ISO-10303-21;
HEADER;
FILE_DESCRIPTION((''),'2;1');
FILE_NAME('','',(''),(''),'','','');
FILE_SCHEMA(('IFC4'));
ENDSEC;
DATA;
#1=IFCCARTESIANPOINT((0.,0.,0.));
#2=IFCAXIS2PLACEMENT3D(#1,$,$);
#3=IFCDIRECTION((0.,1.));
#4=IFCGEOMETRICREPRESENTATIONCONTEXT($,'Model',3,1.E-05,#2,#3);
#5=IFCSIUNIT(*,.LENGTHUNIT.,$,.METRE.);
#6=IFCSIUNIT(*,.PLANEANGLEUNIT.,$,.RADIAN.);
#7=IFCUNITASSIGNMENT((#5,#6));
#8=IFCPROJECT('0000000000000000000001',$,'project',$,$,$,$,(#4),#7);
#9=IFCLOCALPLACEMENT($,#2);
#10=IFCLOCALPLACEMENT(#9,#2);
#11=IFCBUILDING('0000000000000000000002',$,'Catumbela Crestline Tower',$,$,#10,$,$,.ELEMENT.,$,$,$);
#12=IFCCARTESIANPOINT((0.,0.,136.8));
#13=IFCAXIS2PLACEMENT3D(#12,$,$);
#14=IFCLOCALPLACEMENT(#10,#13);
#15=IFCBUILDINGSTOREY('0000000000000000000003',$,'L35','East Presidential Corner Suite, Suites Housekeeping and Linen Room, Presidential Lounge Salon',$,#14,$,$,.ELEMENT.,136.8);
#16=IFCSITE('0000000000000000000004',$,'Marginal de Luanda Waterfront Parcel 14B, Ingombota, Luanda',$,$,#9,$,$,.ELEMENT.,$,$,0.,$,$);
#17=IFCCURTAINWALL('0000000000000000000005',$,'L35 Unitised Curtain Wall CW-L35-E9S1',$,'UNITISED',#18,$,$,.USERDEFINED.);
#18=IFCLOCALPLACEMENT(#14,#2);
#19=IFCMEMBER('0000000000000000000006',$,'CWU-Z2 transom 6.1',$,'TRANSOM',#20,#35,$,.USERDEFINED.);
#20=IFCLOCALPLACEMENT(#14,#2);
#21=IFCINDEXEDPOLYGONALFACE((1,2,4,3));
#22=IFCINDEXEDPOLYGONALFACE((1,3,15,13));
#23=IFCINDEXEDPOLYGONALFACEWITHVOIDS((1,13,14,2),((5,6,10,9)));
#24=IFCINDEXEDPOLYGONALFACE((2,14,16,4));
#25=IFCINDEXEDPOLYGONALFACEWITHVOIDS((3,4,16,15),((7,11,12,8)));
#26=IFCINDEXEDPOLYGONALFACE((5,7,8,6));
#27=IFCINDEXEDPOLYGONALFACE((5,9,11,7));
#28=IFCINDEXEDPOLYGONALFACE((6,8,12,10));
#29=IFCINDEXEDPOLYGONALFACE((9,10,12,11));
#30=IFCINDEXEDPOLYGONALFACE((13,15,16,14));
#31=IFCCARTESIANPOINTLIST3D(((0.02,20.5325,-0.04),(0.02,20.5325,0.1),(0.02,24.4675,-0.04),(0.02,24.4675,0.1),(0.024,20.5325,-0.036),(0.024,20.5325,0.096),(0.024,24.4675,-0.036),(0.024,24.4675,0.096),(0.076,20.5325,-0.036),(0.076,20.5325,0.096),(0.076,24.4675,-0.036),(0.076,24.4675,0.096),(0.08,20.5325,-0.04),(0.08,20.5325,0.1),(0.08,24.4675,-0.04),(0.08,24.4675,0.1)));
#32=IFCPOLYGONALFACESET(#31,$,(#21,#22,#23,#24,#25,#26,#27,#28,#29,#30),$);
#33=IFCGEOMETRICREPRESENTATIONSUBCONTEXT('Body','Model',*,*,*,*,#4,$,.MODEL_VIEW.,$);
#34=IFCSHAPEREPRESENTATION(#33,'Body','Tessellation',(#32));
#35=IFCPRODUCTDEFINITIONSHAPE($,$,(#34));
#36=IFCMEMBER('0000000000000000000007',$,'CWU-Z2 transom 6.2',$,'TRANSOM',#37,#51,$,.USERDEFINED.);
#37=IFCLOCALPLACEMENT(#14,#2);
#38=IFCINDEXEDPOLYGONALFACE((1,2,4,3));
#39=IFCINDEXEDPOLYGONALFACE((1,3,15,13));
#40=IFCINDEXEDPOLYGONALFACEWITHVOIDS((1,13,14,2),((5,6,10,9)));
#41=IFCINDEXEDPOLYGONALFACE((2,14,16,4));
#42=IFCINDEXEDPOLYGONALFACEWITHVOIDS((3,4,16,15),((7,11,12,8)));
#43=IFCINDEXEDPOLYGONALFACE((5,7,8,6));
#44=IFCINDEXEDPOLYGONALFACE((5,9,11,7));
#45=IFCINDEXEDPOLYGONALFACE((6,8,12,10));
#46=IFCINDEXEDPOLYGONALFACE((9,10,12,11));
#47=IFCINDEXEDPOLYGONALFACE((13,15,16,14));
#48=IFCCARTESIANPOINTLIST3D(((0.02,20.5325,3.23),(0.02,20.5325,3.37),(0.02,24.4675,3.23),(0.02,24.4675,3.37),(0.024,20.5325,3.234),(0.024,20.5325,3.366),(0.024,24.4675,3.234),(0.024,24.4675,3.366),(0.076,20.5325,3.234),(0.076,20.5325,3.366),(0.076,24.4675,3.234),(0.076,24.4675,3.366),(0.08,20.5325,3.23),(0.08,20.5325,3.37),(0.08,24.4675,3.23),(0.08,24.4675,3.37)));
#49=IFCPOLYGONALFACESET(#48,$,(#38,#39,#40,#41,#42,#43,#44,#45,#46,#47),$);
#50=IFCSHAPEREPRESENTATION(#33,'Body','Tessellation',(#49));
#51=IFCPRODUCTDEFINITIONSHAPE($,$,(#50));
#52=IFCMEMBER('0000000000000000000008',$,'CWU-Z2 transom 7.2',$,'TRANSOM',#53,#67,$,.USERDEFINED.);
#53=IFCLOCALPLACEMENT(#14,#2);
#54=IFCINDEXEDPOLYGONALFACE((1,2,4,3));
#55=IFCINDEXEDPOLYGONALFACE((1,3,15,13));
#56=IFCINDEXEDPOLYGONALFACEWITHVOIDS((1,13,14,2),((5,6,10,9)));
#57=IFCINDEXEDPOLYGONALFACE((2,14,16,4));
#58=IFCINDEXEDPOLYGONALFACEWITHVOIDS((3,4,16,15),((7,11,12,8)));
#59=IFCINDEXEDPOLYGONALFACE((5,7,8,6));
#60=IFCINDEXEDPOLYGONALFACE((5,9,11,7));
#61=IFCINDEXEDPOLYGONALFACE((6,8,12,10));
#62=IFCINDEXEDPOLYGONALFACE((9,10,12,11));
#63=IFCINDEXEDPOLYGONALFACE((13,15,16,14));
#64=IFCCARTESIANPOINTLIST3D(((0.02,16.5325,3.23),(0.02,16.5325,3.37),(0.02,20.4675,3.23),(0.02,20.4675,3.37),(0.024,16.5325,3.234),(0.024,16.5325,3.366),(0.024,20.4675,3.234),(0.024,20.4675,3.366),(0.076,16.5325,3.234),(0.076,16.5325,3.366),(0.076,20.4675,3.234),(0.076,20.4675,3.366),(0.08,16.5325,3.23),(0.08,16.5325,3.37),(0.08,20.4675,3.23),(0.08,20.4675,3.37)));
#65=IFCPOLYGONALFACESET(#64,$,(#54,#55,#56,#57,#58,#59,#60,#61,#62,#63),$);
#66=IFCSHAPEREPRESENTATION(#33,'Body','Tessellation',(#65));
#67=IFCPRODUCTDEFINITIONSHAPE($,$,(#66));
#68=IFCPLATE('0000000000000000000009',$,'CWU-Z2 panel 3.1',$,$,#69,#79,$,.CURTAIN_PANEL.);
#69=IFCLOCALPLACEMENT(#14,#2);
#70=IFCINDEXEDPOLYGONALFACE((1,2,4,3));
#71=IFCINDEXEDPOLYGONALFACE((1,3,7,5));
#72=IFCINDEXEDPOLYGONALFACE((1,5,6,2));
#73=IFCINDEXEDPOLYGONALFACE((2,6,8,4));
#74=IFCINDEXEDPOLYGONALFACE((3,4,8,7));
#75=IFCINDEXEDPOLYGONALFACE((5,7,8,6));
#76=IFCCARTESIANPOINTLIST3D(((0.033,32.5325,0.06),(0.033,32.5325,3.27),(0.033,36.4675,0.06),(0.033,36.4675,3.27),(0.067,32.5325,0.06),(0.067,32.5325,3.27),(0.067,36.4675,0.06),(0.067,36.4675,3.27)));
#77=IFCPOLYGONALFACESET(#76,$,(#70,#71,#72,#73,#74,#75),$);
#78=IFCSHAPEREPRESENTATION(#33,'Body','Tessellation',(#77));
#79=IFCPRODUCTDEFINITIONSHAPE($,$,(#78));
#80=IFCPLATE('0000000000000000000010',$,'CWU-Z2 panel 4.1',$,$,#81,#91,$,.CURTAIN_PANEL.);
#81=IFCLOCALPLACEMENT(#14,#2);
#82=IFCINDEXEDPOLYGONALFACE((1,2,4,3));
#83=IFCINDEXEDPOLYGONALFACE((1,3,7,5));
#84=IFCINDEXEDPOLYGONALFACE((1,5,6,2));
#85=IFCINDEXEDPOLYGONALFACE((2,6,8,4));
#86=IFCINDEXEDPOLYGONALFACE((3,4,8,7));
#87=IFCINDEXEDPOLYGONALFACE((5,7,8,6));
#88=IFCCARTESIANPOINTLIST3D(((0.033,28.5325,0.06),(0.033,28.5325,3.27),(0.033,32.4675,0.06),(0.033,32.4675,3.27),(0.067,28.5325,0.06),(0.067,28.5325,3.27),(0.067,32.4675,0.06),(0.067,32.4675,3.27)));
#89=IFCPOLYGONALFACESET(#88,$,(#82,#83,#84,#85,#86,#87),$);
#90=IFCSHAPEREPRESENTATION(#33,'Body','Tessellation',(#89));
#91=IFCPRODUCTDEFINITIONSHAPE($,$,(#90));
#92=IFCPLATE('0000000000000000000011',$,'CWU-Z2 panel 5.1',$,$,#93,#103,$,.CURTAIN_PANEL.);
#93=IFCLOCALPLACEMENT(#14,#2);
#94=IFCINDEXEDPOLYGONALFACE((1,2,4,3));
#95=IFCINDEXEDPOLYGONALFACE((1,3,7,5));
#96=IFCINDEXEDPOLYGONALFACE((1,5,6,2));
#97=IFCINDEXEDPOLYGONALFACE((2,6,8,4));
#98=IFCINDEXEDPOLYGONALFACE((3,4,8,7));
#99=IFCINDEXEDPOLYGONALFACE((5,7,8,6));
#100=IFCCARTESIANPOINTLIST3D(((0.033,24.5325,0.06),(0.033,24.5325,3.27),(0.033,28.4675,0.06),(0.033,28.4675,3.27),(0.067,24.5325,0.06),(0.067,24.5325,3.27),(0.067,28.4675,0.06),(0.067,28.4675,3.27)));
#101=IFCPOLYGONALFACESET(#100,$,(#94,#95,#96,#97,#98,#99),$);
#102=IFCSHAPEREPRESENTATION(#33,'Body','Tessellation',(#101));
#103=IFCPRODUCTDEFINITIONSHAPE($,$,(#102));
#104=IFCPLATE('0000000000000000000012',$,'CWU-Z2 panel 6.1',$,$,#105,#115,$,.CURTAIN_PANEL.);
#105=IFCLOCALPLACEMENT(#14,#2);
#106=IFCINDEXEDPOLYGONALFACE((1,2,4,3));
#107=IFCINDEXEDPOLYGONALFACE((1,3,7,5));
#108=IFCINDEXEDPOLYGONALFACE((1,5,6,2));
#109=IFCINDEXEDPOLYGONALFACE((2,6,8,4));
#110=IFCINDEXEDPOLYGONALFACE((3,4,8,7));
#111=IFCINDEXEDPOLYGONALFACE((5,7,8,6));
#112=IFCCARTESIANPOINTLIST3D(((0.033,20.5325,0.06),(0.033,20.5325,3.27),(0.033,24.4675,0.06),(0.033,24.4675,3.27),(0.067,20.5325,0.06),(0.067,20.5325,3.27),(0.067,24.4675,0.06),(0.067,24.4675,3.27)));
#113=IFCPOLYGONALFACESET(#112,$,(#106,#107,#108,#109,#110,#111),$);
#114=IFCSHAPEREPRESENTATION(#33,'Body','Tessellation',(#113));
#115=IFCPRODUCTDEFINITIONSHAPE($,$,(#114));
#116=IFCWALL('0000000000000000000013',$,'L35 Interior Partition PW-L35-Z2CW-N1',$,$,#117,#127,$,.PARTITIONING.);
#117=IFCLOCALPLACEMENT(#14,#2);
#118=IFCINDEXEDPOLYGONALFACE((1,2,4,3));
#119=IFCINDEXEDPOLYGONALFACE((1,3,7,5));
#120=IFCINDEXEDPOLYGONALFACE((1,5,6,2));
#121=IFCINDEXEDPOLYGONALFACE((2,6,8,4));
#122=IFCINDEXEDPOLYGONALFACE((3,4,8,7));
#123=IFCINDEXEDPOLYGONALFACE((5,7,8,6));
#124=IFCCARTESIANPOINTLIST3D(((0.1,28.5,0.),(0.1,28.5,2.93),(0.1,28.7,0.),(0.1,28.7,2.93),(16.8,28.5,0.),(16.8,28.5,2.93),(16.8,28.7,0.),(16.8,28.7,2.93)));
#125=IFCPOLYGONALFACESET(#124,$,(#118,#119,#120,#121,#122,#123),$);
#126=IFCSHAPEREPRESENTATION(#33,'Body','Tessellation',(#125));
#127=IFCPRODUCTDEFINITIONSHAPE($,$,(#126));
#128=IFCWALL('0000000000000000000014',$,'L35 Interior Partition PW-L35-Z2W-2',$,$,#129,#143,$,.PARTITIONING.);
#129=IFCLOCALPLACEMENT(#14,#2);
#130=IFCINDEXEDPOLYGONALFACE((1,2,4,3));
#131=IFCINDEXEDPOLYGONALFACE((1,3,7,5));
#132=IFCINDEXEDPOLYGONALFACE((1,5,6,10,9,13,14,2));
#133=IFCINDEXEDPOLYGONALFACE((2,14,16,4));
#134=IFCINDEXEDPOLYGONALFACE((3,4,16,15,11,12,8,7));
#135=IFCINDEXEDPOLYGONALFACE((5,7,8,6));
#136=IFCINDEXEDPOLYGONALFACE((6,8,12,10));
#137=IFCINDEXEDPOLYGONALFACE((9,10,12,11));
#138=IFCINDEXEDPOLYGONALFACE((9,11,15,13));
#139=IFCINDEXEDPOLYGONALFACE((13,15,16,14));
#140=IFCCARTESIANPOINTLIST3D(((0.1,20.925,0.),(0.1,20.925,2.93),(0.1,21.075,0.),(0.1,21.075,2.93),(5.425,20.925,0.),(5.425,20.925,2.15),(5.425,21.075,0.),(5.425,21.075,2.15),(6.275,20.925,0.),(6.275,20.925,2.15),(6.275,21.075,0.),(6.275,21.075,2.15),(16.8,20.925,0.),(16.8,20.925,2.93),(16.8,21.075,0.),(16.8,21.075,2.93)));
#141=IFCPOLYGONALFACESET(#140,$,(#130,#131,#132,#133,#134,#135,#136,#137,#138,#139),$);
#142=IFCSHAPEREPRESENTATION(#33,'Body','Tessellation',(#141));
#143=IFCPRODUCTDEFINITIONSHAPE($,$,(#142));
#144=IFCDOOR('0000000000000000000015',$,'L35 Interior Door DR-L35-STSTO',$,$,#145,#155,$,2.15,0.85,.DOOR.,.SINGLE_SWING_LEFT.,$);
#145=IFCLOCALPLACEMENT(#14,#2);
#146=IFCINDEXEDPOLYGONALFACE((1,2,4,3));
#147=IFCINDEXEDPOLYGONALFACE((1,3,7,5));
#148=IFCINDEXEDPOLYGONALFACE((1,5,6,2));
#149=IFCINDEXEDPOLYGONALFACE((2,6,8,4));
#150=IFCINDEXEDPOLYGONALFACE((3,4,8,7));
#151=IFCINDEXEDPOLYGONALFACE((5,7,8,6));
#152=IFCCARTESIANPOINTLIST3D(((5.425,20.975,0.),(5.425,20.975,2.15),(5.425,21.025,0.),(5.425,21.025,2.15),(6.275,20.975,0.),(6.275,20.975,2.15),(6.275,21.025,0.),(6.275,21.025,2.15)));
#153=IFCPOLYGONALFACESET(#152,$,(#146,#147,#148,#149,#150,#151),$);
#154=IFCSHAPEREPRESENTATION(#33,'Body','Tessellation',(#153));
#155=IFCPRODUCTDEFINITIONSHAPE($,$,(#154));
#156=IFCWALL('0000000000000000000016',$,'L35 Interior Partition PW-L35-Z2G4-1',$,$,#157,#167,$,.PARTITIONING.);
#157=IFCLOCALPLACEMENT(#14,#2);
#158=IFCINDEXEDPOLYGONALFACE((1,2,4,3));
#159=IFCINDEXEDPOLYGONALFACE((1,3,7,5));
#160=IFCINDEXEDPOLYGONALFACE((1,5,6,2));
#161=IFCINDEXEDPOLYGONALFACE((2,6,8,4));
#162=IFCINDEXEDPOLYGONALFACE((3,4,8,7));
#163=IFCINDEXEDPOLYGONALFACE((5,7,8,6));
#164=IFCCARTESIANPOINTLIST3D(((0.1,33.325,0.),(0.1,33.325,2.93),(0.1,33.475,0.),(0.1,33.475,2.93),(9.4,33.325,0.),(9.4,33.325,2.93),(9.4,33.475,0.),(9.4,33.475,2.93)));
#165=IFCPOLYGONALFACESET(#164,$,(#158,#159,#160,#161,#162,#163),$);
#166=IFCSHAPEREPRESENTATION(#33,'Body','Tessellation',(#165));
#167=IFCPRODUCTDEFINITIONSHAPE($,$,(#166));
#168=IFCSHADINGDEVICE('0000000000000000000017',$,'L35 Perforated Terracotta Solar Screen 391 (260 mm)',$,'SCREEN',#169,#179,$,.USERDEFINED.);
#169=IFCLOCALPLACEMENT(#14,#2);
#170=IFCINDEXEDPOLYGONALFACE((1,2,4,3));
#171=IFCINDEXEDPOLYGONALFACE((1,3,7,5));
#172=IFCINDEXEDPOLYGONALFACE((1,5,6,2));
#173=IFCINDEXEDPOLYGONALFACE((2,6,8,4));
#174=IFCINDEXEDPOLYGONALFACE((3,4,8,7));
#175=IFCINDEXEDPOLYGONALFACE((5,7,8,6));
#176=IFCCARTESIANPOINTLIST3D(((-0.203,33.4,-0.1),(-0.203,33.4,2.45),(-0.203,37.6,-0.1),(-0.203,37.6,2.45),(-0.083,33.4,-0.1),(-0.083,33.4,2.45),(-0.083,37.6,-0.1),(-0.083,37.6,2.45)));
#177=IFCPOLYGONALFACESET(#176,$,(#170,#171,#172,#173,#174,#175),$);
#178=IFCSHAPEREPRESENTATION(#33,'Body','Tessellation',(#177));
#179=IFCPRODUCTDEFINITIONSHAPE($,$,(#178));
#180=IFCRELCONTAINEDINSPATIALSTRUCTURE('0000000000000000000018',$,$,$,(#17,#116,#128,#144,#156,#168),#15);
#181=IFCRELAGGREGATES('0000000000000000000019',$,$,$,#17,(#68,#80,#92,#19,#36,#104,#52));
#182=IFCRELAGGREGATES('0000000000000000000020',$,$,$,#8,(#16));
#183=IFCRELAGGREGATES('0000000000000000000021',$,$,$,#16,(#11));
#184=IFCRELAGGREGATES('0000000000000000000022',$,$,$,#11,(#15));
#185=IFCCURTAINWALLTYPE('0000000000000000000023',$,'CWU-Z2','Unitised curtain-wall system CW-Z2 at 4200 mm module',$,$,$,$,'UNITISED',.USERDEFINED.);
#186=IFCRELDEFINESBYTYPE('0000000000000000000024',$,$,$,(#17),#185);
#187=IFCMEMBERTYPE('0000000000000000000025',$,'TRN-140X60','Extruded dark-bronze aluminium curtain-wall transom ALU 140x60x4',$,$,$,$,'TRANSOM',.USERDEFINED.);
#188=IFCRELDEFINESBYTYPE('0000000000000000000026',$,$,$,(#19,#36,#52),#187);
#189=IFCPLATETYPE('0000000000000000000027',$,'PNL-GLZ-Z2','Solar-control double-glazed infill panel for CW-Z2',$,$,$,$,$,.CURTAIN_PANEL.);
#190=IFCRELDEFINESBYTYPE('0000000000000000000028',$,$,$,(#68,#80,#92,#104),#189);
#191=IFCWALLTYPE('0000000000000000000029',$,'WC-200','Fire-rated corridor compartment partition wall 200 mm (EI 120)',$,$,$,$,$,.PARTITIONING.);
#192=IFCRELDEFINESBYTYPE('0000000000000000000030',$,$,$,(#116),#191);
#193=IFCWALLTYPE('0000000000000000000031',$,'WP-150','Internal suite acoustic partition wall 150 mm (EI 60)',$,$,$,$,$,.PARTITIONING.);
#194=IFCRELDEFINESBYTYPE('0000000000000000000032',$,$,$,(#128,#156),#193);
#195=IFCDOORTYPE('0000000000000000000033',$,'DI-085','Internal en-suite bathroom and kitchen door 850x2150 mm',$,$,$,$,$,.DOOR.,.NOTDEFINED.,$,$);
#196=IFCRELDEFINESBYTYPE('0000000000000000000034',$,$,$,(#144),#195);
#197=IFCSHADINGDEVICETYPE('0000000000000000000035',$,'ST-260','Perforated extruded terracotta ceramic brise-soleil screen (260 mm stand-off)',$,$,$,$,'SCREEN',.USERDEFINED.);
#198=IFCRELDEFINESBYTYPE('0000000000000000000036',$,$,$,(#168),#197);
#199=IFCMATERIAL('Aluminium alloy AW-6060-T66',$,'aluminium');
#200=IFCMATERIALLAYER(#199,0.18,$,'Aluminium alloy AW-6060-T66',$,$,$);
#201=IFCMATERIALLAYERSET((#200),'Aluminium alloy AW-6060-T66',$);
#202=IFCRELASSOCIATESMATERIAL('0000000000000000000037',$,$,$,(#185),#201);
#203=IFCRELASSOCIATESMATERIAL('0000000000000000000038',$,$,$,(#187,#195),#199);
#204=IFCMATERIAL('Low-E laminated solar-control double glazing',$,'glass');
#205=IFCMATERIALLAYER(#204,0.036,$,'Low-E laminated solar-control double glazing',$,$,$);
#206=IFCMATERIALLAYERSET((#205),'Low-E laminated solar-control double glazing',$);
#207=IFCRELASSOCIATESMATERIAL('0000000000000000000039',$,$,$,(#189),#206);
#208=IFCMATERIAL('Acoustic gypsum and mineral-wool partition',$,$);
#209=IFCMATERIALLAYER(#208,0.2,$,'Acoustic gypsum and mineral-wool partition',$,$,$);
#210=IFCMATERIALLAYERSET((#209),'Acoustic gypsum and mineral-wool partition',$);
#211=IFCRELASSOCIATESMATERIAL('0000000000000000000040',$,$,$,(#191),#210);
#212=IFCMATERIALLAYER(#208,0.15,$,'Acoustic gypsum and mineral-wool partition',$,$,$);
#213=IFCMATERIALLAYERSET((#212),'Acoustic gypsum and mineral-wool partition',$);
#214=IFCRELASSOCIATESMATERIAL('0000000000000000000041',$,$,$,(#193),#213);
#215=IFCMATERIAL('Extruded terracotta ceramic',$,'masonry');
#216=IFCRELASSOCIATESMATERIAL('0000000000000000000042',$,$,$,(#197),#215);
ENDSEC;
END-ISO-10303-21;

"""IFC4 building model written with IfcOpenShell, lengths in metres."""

from ifc_helpers import new_model, si_unit, direction, frame, frame_2d, origin, origin_2d, place, context, subcontext, project, spatial, rectangle, hollow_rectangle, extrude, material, layer, layer_set, material_profile, profile_set, type_object, element, fill, aggregate, save


model = new_model("IFC4")

# Units and contexts
model_context = context("Model", 3, precision=1e-05, world=origin(), true_north=direction((0.0, 1.0)))
body_context = subcontext(model_context, "Body", "Model", "MODEL_VIEW")
ifc_project = project(units=[si_unit("LENGTHUNIT", "METRE"), si_unit("PLANEANGLEUNIT", "RADIAN")], contexts=[model_context])

# Site, building, storey
site_placement = place(None, origin())
site = spatial("IfcSite", under=ifc_project, at=site_placement, Name="Marginal de Luanda Waterfront Parcel 14B, Ingombota, Luanda", CompositionType="ELEMENT", RefElevation=0.0)
building_placement = place(site_placement, origin())
building = spatial("IfcBuilding", under=site, at=building_placement, Name="Catumbela Crestline Tower", CompositionType="ELEMENT")
storey_placement = place(building_placement, frame((0.0, 0.0, 136.8)))
storey = spatial("IfcBuildingStorey", under=building, at=storey_placement, Name="L35", Description="East Presidential Corner Suite, Suites Housekeeping and Linen Room, Presidential Lounge Salon", CompositionType="ELEMENT", Elevation=136.8)

# Curtain wall
ifc_material_1 = material(Name="Aluminium alloy AW-6060-T66", Category="aluminium")
ifc_layer_1 = layer(ifc_material_1, 0.18, Name="Aluminium alloy AW-6060-T66")
ifc_layer_set_1 = layer_set([ifc_layer_1], Name="Aluminium alloy AW-6060-T66")
curtain_wall_type = type_object("IfcCurtainWallType", Name="CWU-Z2", Description="Unitised curtain-wall system CW-Z2 at 4200 mm module", ElementType="UNITISED", PredefinedType="USERDEFINED", material=ifc_layer_set_1)
curtain_wall_placement = place(storey_placement, origin())
curtain_wall = element("IfcCurtainWall", 1, at=curtain_wall_placement, inside=storey, type_object=curtain_wall_type, Name="L35 Unitised Curtain Wall CW-L35-E9S1", ObjectType="UNITISED", PredefinedType="USERDEFINED")

# Members
ifc_material_profile_1 = material_profile(ifc_material_1, hollow_rectangle(XDim=0.06, YDim=0.14, WallThickness=0.004, at=origin_2d()), Name="ALU 140x60x4")
ifc_profile_set_1 = profile_set([ifc_material_profile_1], Name="Aluminium alloy AW-6060-T66")
member_type_1 = type_object("IfcMemberType", Name="TRN-140X60", Description="Extruded dark-bronze aluminium curtain-wall transom ALU 140x60x4", ElementType="TRANSOM", PredefinedType="USERDEFINED", material=ifc_profile_set_1)
member_1_placement = place(storey_placement, frame((0.05, 24.4675, 0.03), z_axis=(0.0, -1.0, 0.0), x_axis=(1.0, 0.0, 0.0)))
member_1 = element("IfcMember", 2, at=member_1_placement, type_object=member_type_1, Name="CWU-Z2 transom 6.1", ObjectType="TRANSOM", PredefinedType="USERDEFINED", context=body_context, shape_type="SweptSolid", body=[
    extrude(hollow_rectangle(XDim=0.06, YDim=0.14, WallThickness=0.004, at=origin_2d()), origin(), (0.0, 0.0, 1.0), 3.935),
])
member_2_placement = place(storey_placement, frame((0.05, 24.4675, 3.3), z_axis=(0.0, -1.0, 0.0), x_axis=(1.0, 0.0, 0.0)))
member_2 = element("IfcMember", 3, at=member_2_placement, type_object=member_type_1, Name="CWU-Z2 transom 6.2", ObjectType="TRANSOM", PredefinedType="USERDEFINED", context=body_context, shape_type="SweptSolid", body=[
    extrude(hollow_rectangle(XDim=0.06, YDim=0.14, WallThickness=0.004, at=origin_2d()), origin(), (0.0, 0.0, 1.0), 3.935),
])
member_3_placement = place(storey_placement, frame((0.05, 20.4675, 3.3), z_axis=(0.0, -1.0, 0.0), x_axis=(1.0, 0.0, 0.0)))
member_3 = element("IfcMember", 4, at=member_3_placement, type_object=member_type_1, Name="CWU-Z2 transom 7.2", ObjectType="TRANSOM", PredefinedType="USERDEFINED", context=body_context, shape_type="SweptSolid", body=[
    extrude(hollow_rectangle(XDim=0.06, YDim=0.14, WallThickness=0.004, at=origin_2d()), origin(), (0.0, 0.0, 1.0), 3.935),
])

# Plates
ifc_material_2 = material(Name="Low-E laminated solar-control double glazing", Category="glass")
ifc_layer_2 = layer(ifc_material_2, 0.036, Name="Low-E laminated solar-control double glazing")
ifc_layer_set_2 = layer_set([ifc_layer_2], Name="Low-E laminated solar-control double glazing")
plate_type = type_object("IfcPlateType", Name="PNL-GLZ-Z2", Description="Solar-control double-glazed infill panel for CW-Z2", PredefinedType="CURTAIN_PANEL", material=ifc_layer_set_2)
plate_1_placement = place(storey_placement, frame((0.05, 34.5, 0.06), z_axis=(0.0, 0.0, 1.0), x_axis=(0.0, -1.0, 0.0)))
plate_1 = element("IfcPlate", 5, at=plate_1_placement, type_object=plate_type, Name="CWU-Z2 panel 3.1", PredefinedType="CURTAIN_PANEL", context=body_context, shape_type="SweptSolid", body=[
    extrude(rectangle(XDim=3.935, YDim=0.034, at=origin_2d()), origin(), (0.0, 0.0, 1.0), 3.21),
])
plate_2_placement = place(storey_placement, frame((0.05, 30.5, 0.06), z_axis=(0.0, 0.0, 1.0), x_axis=(0.0, -1.0, 0.0)))
plate_2 = element("IfcPlate", 6, at=plate_2_placement, type_object=plate_type, Name="CWU-Z2 panel 4.1", PredefinedType="CURTAIN_PANEL", context=body_context, shape_type="SweptSolid", body=[
    extrude(rectangle(XDim=3.935, YDim=0.034, at=origin_2d()), origin(), (0.0, 0.0, 1.0), 3.21),
])
plate_3_placement = place(storey_placement, frame((0.05, 26.5, 0.06), z_axis=(0.0, 0.0, 1.0), x_axis=(0.0, -1.0, 0.0)))
plate_3 = element("IfcPlate", 7, at=plate_3_placement, type_object=plate_type, Name="CWU-Z2 panel 5.1", PredefinedType="CURTAIN_PANEL", context=body_context, shape_type="SweptSolid", body=[
    extrude(rectangle(XDim=3.935, YDim=0.034, at=origin_2d()), origin(), (0.0, 0.0, 1.0), 3.21),
])
plate_4_placement = place(storey_placement, frame((0.05, 22.5, 0.06), z_axis=(0.0, 0.0, 1.0), x_axis=(0.0, -1.0, 0.0)))
plate_4 = element("IfcPlate", 8, at=plate_4_placement, type_object=plate_type, Name="CWU-Z2 panel 6.1", PredefinedType="CURTAIN_PANEL", context=body_context, shape_type="SweptSolid", body=[
    extrude(rectangle(XDim=3.935, YDim=0.034, at=origin_2d()), origin(), (0.0, 0.0, 1.0), 3.21),
])
aggregate(curtain_wall, [plate_1, plate_2, plate_3, member_1, member_2, plate_4, member_3])

# Wall
ifc_material_3 = material(Name="Acoustic gypsum and mineral-wool partition")
ifc_layer_3 = layer(ifc_material_3, 0.2, Name="Acoustic gypsum and mineral-wool partition")
ifc_layer_set_3 = layer_set([ifc_layer_3], Name="Acoustic gypsum and mineral-wool partition")
wall_type_1 = type_object("IfcWallType", Name="WC-200", Description="Fire-rated corridor compartment partition wall 200 mm (EI 120)", PredefinedType="PARTITIONING", material=ifc_layer_set_3)
wall_1_placement = place(storey_placement, frame((0.1, 28.6, 0.0), z_axis=(0.0, 0.0, 1.0), x_axis=(1.0, 0.0, 0.0)))
element("IfcWall", 9, at=wall_1_placement, inside=storey, type_object=wall_type_1, Name="L35 Interior Partition PW-L35-Z2CW-N1", PredefinedType="PARTITIONING", context=body_context, shape_type="SweptSolid", body=[
    extrude(rectangle(XDim=16.7, YDim=0.2, at=frame_2d((8.35, 0.0))), origin(), (0.0, 0.0, 1.0), 2.93),
])

# Wall, opening, door
ifc_layer_4 = layer(ifc_material_3, 0.15, Name="Acoustic gypsum and mineral-wool partition")
ifc_layer_set_4 = layer_set([ifc_layer_4], Name="Acoustic gypsum and mineral-wool partition")
wall_type_2 = type_object("IfcWallType", Name="WP-150", Description="Internal suite acoustic partition wall 150 mm (EI 60)", PredefinedType="PARTITIONING", material=ifc_layer_set_4)
wall_2_placement = place(storey_placement, frame((0.1, 21.0, 0.0), z_axis=(0.0, 0.0, 1.0), x_axis=(1.0, 0.0, 0.0)))
wall_2 = element("IfcWall", 10, at=wall_2_placement, inside=storey, type_object=wall_type_2, Name="L35 Interior Partition PW-L35-Z2W-2", PredefinedType="PARTITIONING", context=body_context, shape_type="SweptSolid", body=[
    extrude(rectangle(XDim=16.7, YDim=0.15, at=frame_2d((8.35, 0.0))), origin(), (0.0, 0.0, 1.0), 2.93),
])
opening_placement = place(wall_2_placement, frame((5.325, 0.0, 0.0)))
opening = element("IfcOpeningElement", 11, at=opening_placement, cuts=wall_2, PredefinedType="OPENING", context=body_context, shape_type="SweptSolid", body=[
    extrude(rectangle(XDim=0.85, YDim=2.15, at=frame_2d((0.425, 1.075))), frame((0.0, 0.085, 0.0), z_axis=(0.0, -1.0, 0.0), x_axis=(1.0, 0.0, 0.0)), (0.0, 0.0, 1.0), 0.17),
])
door_type = type_object("IfcDoorType", Name="DI-085", Description="Internal en-suite bathroom and kitchen door 850x2150 mm", OperationType="NOTDEFINED", PredefinedType="DOOR", material=ifc_material_1)
door_placement = place(opening_placement, origin())
door = element("IfcDoor", 12, at=door_placement, inside=storey, type_object=door_type, Name="L35 Interior Door DR-L35-STSTO", OperationType="SINGLE_SWING_LEFT", OverallHeight=2.15, OverallWidth=0.85, PredefinedType="DOOR", context=body_context, shape_type="SweptSolid", body=[
    extrude(rectangle(XDim=0.85, YDim=2.15, at=frame_2d((0.425, 1.075))), frame((0.0, 0.025, 0.0), z_axis=(0.0, -1.0, 0.0), x_axis=(1.0, 0.0, 0.0)), (0.0, 0.0, 1.0), 0.05),
])
fill(opening, door)

# Wall
wall_3_placement = place(storey_placement, frame((0.1, 33.4, 0.0), z_axis=(0.0, 0.0, 1.0), x_axis=(1.0, 0.0, 0.0)))
element("IfcWall", 13, at=wall_3_placement, inside=storey, type_object=wall_type_2, Name="L35 Interior Partition PW-L35-Z2G4-1", PredefinedType="PARTITIONING", context=body_context, shape_type="SweptSolid", body=[
    extrude(rectangle(XDim=9.3, YDim=0.15, at=frame_2d((4.65, 0.0))), origin(), (0.0, 0.0, 1.0), 2.93),
])

# Shading device
ifc_material_4 = material(Name="Extruded terracotta ceramic", Category="masonry")
shading_device_type = type_object("IfcShadingDeviceType", Name="ST-260", Description="Perforated extruded terracotta ceramic brise-soleil screen (260 mm stand-off)", ElementType="SCREEN", PredefinedType="USERDEFINED", material=ifc_material_4)
shading_device_placement = place(storey_placement, frame((-0.143, 35.5, -0.1), z_axis=(0.0, 0.0, 1.0), x_axis=(0.0, -1.0, 0.0)))
element("IfcShadingDevice", 14, at=shading_device_placement, inside=storey, type_object=shading_device_type, Name="L35 Perforated Terracotta Solar Screen 391 (260 mm)", ObjectType="SCREEN", PredefinedType="USERDEFINED", context=body_context, shape_type="SweptSolid", body=[
    extrude(rectangle(XDim=4.2, YDim=0.12, at=origin_2d()), origin(), (0.0, 0.0, 1.0), 2.55),
])

save(model, "model.ifc")
